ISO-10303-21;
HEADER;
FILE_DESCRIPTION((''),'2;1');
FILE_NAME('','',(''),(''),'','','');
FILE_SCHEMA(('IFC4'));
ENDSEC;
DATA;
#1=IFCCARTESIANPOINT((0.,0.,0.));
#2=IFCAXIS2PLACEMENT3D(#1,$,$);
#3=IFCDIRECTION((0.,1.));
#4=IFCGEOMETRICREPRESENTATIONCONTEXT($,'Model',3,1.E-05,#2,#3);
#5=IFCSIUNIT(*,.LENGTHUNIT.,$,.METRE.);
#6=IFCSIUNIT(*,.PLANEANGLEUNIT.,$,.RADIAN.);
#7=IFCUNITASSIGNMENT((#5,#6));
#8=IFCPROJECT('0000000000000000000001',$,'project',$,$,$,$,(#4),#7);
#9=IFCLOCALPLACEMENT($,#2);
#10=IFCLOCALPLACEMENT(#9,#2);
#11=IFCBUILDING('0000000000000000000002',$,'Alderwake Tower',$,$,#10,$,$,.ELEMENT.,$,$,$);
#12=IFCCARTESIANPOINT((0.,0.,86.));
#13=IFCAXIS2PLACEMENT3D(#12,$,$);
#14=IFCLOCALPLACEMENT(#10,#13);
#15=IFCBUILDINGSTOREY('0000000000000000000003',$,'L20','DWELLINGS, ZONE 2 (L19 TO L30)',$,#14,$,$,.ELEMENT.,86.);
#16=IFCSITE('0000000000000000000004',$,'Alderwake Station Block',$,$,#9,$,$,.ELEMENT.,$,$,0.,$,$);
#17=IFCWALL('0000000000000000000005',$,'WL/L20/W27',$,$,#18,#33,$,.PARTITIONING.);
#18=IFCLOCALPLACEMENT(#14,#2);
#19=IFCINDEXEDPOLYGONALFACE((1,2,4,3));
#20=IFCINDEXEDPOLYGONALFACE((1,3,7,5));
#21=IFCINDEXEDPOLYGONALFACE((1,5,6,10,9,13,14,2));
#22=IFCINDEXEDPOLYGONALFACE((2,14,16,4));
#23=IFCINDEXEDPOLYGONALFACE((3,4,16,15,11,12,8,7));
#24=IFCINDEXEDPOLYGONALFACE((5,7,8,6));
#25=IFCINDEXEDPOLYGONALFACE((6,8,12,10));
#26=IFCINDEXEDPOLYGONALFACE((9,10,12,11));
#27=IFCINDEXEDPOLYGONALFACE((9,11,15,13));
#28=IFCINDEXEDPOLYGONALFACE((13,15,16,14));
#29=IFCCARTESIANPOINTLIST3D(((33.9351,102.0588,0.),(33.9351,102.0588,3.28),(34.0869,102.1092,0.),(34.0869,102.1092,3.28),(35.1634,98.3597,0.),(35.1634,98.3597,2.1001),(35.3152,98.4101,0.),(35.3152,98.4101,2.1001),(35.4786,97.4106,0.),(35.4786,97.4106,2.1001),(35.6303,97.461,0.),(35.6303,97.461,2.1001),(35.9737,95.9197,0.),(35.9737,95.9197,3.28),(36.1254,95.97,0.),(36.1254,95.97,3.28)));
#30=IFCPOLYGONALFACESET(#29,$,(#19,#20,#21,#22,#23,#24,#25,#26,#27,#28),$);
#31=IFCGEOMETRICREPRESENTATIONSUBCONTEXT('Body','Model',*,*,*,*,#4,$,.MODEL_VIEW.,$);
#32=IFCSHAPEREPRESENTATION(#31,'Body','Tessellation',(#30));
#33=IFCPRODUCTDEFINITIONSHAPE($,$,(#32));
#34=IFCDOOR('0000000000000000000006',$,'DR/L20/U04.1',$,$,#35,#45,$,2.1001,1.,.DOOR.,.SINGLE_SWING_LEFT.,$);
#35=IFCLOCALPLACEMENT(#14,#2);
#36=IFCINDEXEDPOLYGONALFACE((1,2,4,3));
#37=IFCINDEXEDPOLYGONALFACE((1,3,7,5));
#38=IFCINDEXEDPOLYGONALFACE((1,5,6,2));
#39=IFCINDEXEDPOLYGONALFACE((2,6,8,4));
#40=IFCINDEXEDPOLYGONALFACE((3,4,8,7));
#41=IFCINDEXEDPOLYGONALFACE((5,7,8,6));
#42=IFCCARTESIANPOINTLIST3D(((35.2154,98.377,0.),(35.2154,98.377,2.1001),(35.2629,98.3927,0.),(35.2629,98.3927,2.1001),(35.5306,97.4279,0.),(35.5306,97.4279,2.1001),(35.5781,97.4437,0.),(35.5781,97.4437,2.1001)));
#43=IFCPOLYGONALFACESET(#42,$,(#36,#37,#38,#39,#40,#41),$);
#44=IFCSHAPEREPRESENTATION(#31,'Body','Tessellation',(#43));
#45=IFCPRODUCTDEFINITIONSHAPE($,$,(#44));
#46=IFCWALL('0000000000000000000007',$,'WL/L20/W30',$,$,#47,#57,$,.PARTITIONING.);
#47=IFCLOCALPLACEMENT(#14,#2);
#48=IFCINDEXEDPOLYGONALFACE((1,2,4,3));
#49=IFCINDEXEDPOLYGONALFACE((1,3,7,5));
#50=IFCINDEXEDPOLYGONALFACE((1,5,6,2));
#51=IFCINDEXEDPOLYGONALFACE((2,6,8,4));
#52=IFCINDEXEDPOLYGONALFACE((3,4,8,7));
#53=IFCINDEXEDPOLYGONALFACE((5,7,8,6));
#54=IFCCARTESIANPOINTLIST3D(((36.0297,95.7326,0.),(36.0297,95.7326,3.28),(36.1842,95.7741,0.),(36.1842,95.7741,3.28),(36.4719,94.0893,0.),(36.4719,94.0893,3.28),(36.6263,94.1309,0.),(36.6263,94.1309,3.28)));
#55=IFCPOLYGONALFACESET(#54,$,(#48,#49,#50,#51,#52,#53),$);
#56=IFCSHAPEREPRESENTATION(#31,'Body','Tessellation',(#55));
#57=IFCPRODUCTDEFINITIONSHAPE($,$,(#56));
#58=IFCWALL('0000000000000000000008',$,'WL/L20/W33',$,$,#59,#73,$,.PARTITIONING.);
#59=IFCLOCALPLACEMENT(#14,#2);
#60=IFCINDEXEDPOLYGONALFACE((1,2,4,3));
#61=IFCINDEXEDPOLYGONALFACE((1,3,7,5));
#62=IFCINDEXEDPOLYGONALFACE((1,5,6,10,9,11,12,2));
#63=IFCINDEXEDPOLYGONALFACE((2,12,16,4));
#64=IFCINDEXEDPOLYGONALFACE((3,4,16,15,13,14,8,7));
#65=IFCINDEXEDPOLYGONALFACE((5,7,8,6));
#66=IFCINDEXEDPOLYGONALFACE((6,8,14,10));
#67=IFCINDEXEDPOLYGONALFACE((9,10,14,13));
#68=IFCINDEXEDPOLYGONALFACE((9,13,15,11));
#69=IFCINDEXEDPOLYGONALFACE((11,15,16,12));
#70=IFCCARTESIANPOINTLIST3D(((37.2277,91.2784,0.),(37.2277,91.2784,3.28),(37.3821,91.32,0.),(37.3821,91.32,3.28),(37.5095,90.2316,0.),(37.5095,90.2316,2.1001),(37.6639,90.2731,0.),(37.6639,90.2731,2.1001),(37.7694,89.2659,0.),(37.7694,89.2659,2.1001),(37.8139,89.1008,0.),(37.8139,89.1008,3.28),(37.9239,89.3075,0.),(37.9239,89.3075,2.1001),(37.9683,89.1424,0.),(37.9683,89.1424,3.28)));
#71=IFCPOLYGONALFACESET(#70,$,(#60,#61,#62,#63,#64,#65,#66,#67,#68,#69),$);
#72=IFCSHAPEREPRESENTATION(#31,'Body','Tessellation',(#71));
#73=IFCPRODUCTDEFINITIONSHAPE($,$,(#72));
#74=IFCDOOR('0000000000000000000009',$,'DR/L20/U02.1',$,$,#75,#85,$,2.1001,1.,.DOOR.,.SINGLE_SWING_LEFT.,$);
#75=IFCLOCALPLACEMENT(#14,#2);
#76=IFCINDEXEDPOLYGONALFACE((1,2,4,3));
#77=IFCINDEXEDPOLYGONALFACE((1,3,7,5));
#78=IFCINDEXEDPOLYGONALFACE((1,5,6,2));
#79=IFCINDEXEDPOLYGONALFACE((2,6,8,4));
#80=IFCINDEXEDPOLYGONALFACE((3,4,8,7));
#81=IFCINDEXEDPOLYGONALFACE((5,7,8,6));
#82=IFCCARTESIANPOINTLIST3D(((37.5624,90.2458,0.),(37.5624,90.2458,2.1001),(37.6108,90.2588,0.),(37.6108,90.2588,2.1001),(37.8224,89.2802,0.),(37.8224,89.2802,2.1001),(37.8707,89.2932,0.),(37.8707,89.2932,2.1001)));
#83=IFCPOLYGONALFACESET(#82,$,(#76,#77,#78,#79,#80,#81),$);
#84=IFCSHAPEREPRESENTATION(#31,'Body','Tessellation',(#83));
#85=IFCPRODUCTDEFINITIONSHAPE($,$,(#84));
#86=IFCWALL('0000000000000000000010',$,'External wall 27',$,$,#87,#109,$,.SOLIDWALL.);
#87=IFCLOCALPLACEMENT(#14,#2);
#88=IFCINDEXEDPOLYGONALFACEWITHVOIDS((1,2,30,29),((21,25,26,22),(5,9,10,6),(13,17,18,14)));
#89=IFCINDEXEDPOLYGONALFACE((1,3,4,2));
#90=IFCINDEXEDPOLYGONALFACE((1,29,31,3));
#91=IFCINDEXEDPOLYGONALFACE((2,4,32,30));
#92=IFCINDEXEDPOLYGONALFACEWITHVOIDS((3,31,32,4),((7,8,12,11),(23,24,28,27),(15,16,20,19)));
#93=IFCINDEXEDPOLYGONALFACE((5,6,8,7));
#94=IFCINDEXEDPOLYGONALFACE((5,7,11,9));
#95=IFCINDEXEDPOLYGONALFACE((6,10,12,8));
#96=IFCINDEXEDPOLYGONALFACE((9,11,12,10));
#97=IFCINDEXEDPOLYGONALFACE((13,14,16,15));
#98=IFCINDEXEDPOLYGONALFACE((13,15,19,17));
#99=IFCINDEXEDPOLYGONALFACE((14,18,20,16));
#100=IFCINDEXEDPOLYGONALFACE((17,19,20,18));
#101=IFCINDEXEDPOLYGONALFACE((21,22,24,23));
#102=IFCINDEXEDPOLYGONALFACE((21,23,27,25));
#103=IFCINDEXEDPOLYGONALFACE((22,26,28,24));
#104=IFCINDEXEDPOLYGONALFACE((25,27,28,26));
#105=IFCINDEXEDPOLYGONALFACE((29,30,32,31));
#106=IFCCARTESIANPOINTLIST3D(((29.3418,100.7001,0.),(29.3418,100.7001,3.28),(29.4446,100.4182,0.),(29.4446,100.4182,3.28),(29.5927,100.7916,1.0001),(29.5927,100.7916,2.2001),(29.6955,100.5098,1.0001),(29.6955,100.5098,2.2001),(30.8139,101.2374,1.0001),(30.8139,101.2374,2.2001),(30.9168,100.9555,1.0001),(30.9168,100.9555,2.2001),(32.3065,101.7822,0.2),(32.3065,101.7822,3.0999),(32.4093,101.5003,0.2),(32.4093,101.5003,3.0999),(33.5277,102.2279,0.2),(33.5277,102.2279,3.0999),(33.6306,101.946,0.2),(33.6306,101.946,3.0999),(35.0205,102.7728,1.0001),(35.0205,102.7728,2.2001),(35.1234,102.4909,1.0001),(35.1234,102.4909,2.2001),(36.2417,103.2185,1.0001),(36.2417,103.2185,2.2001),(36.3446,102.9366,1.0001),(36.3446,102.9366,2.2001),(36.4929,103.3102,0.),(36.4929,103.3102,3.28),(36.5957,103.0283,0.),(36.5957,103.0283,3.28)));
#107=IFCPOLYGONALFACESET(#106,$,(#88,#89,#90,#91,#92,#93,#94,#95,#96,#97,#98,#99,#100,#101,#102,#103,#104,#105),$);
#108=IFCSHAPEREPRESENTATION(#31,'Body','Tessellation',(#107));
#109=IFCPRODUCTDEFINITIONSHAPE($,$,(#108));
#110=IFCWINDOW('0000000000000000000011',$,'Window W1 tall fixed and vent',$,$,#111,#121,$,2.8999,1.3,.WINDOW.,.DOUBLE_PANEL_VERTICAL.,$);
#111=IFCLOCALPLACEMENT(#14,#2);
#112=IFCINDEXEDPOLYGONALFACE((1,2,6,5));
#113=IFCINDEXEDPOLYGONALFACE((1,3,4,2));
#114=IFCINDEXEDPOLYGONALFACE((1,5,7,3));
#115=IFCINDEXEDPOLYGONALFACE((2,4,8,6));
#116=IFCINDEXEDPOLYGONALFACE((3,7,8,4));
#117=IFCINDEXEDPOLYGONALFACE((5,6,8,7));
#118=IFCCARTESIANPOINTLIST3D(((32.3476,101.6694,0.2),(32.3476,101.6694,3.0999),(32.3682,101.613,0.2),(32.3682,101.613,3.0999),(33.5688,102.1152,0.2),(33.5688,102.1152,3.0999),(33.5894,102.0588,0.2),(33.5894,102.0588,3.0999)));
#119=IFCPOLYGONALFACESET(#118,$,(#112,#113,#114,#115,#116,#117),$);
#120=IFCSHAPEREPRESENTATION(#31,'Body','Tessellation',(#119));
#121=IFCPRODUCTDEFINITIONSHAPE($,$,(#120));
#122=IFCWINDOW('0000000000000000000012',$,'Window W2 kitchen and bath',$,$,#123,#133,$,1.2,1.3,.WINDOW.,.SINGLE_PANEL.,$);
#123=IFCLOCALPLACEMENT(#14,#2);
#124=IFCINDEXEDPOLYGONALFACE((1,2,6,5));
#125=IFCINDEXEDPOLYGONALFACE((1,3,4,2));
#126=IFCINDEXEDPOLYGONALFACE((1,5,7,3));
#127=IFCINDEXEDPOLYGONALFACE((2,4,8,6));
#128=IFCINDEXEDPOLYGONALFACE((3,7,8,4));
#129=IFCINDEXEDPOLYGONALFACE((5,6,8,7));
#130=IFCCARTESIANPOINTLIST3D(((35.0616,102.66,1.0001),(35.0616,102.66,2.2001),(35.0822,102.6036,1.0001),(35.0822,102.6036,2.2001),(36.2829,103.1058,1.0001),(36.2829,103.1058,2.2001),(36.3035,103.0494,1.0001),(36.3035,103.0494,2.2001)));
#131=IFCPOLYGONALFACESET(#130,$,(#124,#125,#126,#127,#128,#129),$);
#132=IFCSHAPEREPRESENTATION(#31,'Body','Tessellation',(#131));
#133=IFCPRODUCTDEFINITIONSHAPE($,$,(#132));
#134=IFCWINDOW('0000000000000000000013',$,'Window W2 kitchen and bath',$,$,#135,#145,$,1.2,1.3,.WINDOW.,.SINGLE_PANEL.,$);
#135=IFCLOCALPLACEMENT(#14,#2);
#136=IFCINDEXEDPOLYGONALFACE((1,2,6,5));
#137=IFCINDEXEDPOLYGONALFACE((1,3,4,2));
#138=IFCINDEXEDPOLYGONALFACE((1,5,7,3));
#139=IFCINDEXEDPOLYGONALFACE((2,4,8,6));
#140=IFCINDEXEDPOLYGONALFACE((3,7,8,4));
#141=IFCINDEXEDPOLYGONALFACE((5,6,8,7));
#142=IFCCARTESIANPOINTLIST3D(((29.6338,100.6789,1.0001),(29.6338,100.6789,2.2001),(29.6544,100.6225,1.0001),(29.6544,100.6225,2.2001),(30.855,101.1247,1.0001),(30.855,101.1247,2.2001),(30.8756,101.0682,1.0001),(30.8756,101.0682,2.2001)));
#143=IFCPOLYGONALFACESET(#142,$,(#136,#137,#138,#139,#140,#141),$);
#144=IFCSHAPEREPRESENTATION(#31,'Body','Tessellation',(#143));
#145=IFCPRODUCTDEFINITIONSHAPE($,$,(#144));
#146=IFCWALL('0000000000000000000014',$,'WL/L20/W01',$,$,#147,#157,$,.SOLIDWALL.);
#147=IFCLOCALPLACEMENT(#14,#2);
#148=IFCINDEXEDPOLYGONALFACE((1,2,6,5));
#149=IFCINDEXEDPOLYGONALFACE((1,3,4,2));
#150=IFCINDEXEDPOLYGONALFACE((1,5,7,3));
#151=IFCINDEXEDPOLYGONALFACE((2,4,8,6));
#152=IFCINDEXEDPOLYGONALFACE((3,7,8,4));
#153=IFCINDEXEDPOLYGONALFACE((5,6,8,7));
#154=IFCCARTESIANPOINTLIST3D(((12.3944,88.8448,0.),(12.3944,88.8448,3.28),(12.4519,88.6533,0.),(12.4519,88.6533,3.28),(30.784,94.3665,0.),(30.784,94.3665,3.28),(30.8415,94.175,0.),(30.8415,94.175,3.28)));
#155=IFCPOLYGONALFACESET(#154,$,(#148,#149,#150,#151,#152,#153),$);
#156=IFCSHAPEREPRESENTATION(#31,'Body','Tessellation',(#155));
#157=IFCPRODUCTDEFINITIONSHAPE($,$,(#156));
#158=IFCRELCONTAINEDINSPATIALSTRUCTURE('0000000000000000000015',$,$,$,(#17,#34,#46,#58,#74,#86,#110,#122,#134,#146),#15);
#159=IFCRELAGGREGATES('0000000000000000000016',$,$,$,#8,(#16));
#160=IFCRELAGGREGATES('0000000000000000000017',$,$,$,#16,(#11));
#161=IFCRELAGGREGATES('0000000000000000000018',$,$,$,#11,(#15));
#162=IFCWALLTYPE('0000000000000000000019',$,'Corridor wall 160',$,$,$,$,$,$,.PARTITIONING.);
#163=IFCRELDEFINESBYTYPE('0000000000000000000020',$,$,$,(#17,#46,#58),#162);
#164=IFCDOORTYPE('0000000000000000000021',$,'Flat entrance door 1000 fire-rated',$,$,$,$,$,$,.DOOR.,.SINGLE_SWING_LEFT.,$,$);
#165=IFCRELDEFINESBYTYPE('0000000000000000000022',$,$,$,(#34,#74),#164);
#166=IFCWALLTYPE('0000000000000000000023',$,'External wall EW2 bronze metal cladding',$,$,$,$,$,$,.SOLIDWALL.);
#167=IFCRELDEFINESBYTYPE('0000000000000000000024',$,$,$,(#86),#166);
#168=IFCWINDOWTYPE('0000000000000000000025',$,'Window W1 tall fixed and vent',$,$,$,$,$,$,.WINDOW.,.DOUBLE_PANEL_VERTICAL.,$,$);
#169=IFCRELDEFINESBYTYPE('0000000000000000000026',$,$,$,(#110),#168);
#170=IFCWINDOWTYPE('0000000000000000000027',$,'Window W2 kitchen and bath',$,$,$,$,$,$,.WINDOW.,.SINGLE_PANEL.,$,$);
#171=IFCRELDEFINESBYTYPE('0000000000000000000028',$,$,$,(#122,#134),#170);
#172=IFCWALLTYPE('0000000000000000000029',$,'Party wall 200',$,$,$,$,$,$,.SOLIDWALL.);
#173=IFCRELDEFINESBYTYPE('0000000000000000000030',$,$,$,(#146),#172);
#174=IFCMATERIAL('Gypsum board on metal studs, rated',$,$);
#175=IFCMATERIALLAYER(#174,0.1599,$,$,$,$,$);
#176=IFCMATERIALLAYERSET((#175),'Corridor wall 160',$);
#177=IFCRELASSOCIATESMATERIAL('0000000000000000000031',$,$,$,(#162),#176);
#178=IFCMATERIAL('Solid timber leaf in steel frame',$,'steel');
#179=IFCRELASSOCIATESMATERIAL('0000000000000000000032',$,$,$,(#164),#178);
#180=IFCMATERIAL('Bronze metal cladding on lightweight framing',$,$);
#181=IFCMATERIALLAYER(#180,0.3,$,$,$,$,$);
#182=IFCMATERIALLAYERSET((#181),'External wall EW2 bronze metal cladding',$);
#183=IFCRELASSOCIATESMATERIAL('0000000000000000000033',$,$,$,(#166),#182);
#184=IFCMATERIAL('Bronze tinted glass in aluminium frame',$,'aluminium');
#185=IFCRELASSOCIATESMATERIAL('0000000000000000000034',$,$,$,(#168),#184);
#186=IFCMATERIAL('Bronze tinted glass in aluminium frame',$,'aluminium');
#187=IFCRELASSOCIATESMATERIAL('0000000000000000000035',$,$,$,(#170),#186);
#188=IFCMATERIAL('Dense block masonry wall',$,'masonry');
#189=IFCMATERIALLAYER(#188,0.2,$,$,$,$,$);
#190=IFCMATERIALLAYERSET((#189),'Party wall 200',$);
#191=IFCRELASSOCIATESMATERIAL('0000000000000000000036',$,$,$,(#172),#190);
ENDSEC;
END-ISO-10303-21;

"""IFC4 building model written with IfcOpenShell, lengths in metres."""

from ifc_helpers import new_model, si_unit, direction, frame, frame_2d, origin, place, context, subcontext, project, spatial, rectangle, extrude, material, layer, layer_set, type_object, element, fill, save


model = new_model("IFC4")

# Units and contexts
model_context = context("Model", 3, precision=1e-05, world=origin(), true_north=direction((0.0, 1.0)))
body_context = subcontext(model_context, "Body", "Model", "MODEL_VIEW")
ifc_project = project(units=[si_unit("LENGTHUNIT", "METRE"), si_unit("PLANEANGLEUNIT", "RADIAN")], contexts=[model_context])

# Site, building, storey
site_placement = place(None, origin())
site = spatial("IfcSite", under=ifc_project, at=site_placement, Name="Alderwake Station Block", CompositionType="ELEMENT", RefElevation=0.0)
building_placement = place(site_placement, origin())
building = spatial("IfcBuilding", under=site, at=building_placement, Name="Alderwake Tower", CompositionType="ELEMENT")
storey_placement = place(building_placement, frame((0.0, 0.0, 86.0)))
storey = spatial("IfcBuildingStorey", under=building, at=storey_placement, Name="L20", Description="DWELLINGS, ZONE 2 (L19 TO L30)", CompositionType="ELEMENT", Elevation=86.0)

# Shared definitions
ifc_material_1 = material(Name="Gypsum board on metal studs, rated")
ifc_layer_1 = layer(ifc_material_1, 0.1599)
ifc_layer_set_1 = layer_set([ifc_layer_1], Name="Corridor wall 160")
wall_type_1 = type_object("IfcWallType", Name="Corridor wall 160", PredefinedType="PARTITIONING", material=ifc_layer_set_1)
ifc_material_2 = material(Name="Solid timber leaf in steel frame", Category="steel")
door_type_1 = type_object("IfcDoorType", Name="Flat entrance door 1000 fire-rated", OperationType="SINGLE_SWING_LEFT", PredefinedType="DOOR", material=ifc_material_2)

# Wall, opening, door
wall_1_placement = place(storey_placement, frame((34.011, 102.084, 0.0), z_axis=(0.0, 0.0, 1.0), x_axis=(0.315141, -0.949045, 0.0)))
wall_1 = element("IfcWall", 1, at=wall_1_placement, inside=storey, type_object=wall_type_1, Name="WL/L20/W27", PredefinedType="PARTITIONING", context=body_context, shape_type="SweptSolid", body=[
    extrude(rectangle(XDim=6.4688, YDim=0.1599, at=frame_2d((3.2344, 0.0))), origin(), (0.0, 0.0, 1.0), 3.28),
])
opening_1_placement = place(wall_1_placement, frame((3.8977, 0.0, 0.0)))
opening_1 = element("IfcOpeningElement", 2, at=opening_1_placement, cuts=wall_1, PredefinedType="OPENING", context=body_context, shape_type="SweptSolid", body=[
    extrude(rectangle(XDim=1.0, YDim=2.1001, at=frame_2d((0.5, 1.05))), frame((0.0, 0.0898, 0.0), z_axis=(0.0, -1.0, 0.0), x_axis=(1.0, 0.0, 0.0)), (0.0, 0.0, 1.0), 0.1799),
])
door_1_placement = place(opening_1_placement, origin())
door_1 = element("IfcDoor", 3, at=door_1_placement, inside=storey, type_object=door_type_1, Name="DR/L20/U04.1", OperationType="SINGLE_SWING_LEFT", OverallHeight=2.1001, OverallWidth=1.0, PredefinedType="DOOR", context=body_context, shape_type="SweptSolid", body=[
    extrude(rectangle(XDim=1.0, YDim=2.1001, at=frame_2d((0.5, 1.05))), frame((0.0, 0.0249, 0.0), z_axis=(0.0, -1.0, 0.0), x_axis=(1.0, 0.0, 0.0)), (0.0, 0.0, 1.0), 0.05),
])
fill(opening_1, door_1)

# Wall
wall_2_placement = place(storey_placement, frame((36.5491, 94.1101, 0.0), z_axis=(0.0, 0.0, 1.0), x_axis=(-0.259814, 0.965659, 0.0)))
element("IfcWall", 4, at=wall_2_placement, inside=storey, type_object=wall_type_1, Name="WL/L20/W30", PredefinedType="PARTITIONING", context=body_context, shape_type="SweptSolid", body=[
    extrude(rectangle(XDim=1.7017, YDim=0.1599, at=frame_2d((0.8508, 0.0))), origin(), (0.0, 0.0, 1.0), 3.28),
])

# Wall, opening, door
wall_3_placement = place(storey_placement, frame((37.3049, 91.2991, 0.0), z_axis=(0.0, 0.0, 1.0), x_axis=(0.259946, -0.965623, 0.0)))
wall_3 = element("IfcWall", 5, at=wall_3_placement, inside=storey, type_object=wall_type_1, Name="WL/L20/W33", PredefinedType="PARTITIONING", context=body_context, shape_type="SweptSolid", body=[
    extrude(rectangle(XDim=2.2551, YDim=0.1599, at=frame_2d((1.1274, 0.0))), origin(), (0.0, 0.0, 1.0), 3.28),
])
opening_2_placement = place(wall_3_placement, frame((1.084, 0.0, 0.0)))
opening_2 = element("IfcOpeningElement", 6, at=opening_2_placement, cuts=wall_3, PredefinedType="OPENING", context=body_context, shape_type="SweptSolid", body=[
    extrude(rectangle(XDim=1.0, YDim=2.1001, at=frame_2d((0.5, 1.05))), frame((0.0, 0.0898, 0.0), z_axis=(0.0, -1.0, 0.0), x_axis=(1.0, 0.0, 0.0)), (0.0, 0.0, 1.0), 0.1799),
])
door_2_placement = place(opening_2_placement, origin())
door_2 = element("IfcDoor", 7, at=door_2_placement, inside=storey, type_object=door_type_1, Name="DR/L20/U02.1", OperationType="SINGLE_SWING_LEFT", OverallHeight=2.1001, OverallWidth=1.0, PredefinedType="DOOR", context=body_context, shape_type="SweptSolid", body=[
    extrude(rectangle(XDim=1.0, YDim=2.1001, at=frame_2d((0.5, 1.05))), frame((0.0, 0.0249, 0.0), z_axis=(0.0, -1.0, 0.0), x_axis=(1.0, 0.0, 0.0)), (0.0, 0.0, 1.0), 0.05),
])
fill(opening_2, door_2)

# Wall, openings, windows
ifc_material_3 = material(Name="Bronze metal cladding on lightweight framing")
ifc_layer_2 = layer(ifc_material_3, 0.3)
ifc_layer_set_2 = layer_set([ifc_layer_2], Name="External wall EW2 bronze metal cladding")
wall_type_2 = type_object("IfcWallType", Name="External wall EW2 bronze metal cladding", PredefinedType="SOLIDWALL", material=ifc_layer_set_2)
wall_4_placement = place(storey_placement, frame((36.5442, 103.1692, 0.0), z_axis=(0.0, 0.0, 1.0), x_axis=(-0.939384, -0.342868, 0.0)))
wall_4 = element("IfcWall", 8, at=wall_4_placement, inside=storey, type_object=wall_type_2, Name="External wall 27", PredefinedType="SOLIDWALL", context=body_context, shape_type="SweptSolid", body=[
    extrude(rectangle(XDim=7.6125, YDim=0.3, at=frame_2d((3.8062, 0.0))), origin(), (0.0, 0.0, 1.0), 3.28),
])
opening_3_placement = place(wall_4_placement, frame((0.2673, 0.0, 1.0)))
opening_3 = element("IfcOpeningElement", 9, at=opening_3_placement, cuts=wall_4, PredefinedType="OPENING", context=body_context, shape_type="SweptSolid", body=[
    extrude(rectangle(XDim=1.3, YDim=1.2, at=frame_2d((0.6499, 0.6001))), frame((0.0, 0.1599, 0.0), z_axis=(0.0, -1.0, 0.0), x_axis=(1.0, 0.0, 0.0)), (0.0, 0.0, 1.0), 0.3201),
])
opening_4_placement = place(wall_4_placement, frame((3.1565, 0.0, 0.2)))
opening_4 = element("IfcOpeningElement", 10, at=opening_4_placement, cuts=wall_4, PredefinedType="OPENING", context=body_context, shape_type="SweptSolid", body=[
    extrude(rectangle(XDim=1.3, YDim=2.8999, at=frame_2d((0.6499, 1.45))), frame((0.0, 0.1599, 0.0), z_axis=(0.0, -1.0, 0.0), x_axis=(1.0, 0.0, 0.0)), (0.0, 0.0, 1.0), 0.3201),
])
opening_5_placement = place(wall_4_placement, frame((6.0454, 0.0, 1.0)))
opening_5 = element("IfcOpeningElement", 11, at=opening_5_placement, cuts=wall_4, PredefinedType="OPENING", context=body_context, shape_type="SweptSolid", body=[
    extrude(rectangle(XDim=1.3, YDim=1.2, at=frame_2d((0.6499, 0.6001))), frame((0.0, 0.1599, 0.0), z_axis=(0.0, -1.0, 0.0), x_axis=(1.0, 0.0, 0.0)), (0.0, 0.0, 1.0), 0.3201),
])
ifc_material_4 = material(Name="Bronze tinted glass in aluminium frame", Category="aluminium")
window_type_1 = type_object("IfcWindowType", Name="Window W1 tall fixed and vent", PartitioningType="DOUBLE_PANEL_VERTICAL", PredefinedType="WINDOW", material=ifc_material_4)
window_1_placement = place(opening_4_placement, origin())
window_1 = element("IfcWindow", 12, at=window_1_placement, inside=storey, type_object=window_type_1, Name="Window W1 tall fixed and vent", OverallHeight=2.8999, OverallWidth=1.3, PartitioningType="DOUBLE_PANEL_VERTICAL", PredefinedType="WINDOW", context=body_context, shape_type="SweptSolid", body=[
    extrude(rectangle(XDim=1.3, YDim=2.8999, at=frame_2d((0.6499, 1.45))), frame((0.0, 0.03, 0.0), z_axis=(0.0, -1.0, 0.0), x_axis=(1.0, 0.0, 0.0)), (0.0, 0.0, 1.0), 0.0601),
])
fill(opening_4, window_1)
ifc_material_5 = material(Name="Bronze tinted glass in aluminium frame", Category="aluminium")
window_type_2 = type_object("IfcWindowType", Name="Window W2 kitchen and bath", PartitioningType="SINGLE_PANEL", PredefinedType="WINDOW", material=ifc_material_5)
window_2_placement = place(opening_3_placement, origin())
window_2 = element("IfcWindow", 13, at=window_2_placement, inside=storey, type_object=window_type_2, Name="Window W2 kitchen and bath", OverallHeight=1.2, OverallWidth=1.3, PartitioningType="SINGLE_PANEL", PredefinedType="WINDOW", context=body_context, shape_type="SweptSolid", body=[
    extrude(rectangle(XDim=1.3, YDim=1.2, at=frame_2d((0.6499, 0.6001))), frame((0.0, 0.03, 0.0), z_axis=(0.0, -1.0, 0.0), x_axis=(1.0, 0.0, 0.0)), (0.0, 0.0, 1.0), 0.0601),
])
fill(opening_3, window_2)
window_3_placement = place(opening_5_placement, origin())
window_3 = element("IfcWindow", 14, at=window_3_placement, inside=storey, type_object=window_type_2, Name="Window W2 kitchen and bath", OverallHeight=1.2, OverallWidth=1.3, PartitioningType="SINGLE_PANEL", PredefinedType="WINDOW", context=body_context, shape_type="SweptSolid", body=[
    extrude(rectangle(XDim=1.3, YDim=1.2, at=frame_2d((0.6499, 0.6001))), frame((0.0, 0.03, 0.0), z_axis=(0.0, -1.0, 0.0), x_axis=(1.0, 0.0, 0.0)), (0.0, 0.0, 1.0), 0.0601),
])
fill(opening_5, window_3)

# Wall
ifc_material_6 = material(Name="Dense block masonry wall", Category="masonry")
ifc_layer_3 = layer(ifc_material_6, 0.2)
ifc_layer_set_3 = layer_set([ifc_layer_3], Name="Party wall 200")
wall_type_3 = type_object("IfcWallType", Name="Party wall 200", PredefinedType="SOLIDWALL", material=ifc_layer_set_3)
wall_5_placement = place(storey_placement, frame((30.8127, 94.2708, 0.0), z_axis=(0.0, 0.0, 1.0), x_axis=(-0.957757, -0.287579, 0.0)))
element("IfcWall", 15, at=wall_5_placement, inside=storey, type_object=wall_type_3, Name="WL/L20/W01", PredefinedType="SOLIDWALL", context=body_context, shape_type="SweptSolid", body=[
    extrude(rectangle(XDim=19.2007, YDim=0.2, at=frame_2d((9.6003, 0.0))), origin(), (0.0, 0.0, 1.0), 3.28),
])

save(model, "model.ifc")
